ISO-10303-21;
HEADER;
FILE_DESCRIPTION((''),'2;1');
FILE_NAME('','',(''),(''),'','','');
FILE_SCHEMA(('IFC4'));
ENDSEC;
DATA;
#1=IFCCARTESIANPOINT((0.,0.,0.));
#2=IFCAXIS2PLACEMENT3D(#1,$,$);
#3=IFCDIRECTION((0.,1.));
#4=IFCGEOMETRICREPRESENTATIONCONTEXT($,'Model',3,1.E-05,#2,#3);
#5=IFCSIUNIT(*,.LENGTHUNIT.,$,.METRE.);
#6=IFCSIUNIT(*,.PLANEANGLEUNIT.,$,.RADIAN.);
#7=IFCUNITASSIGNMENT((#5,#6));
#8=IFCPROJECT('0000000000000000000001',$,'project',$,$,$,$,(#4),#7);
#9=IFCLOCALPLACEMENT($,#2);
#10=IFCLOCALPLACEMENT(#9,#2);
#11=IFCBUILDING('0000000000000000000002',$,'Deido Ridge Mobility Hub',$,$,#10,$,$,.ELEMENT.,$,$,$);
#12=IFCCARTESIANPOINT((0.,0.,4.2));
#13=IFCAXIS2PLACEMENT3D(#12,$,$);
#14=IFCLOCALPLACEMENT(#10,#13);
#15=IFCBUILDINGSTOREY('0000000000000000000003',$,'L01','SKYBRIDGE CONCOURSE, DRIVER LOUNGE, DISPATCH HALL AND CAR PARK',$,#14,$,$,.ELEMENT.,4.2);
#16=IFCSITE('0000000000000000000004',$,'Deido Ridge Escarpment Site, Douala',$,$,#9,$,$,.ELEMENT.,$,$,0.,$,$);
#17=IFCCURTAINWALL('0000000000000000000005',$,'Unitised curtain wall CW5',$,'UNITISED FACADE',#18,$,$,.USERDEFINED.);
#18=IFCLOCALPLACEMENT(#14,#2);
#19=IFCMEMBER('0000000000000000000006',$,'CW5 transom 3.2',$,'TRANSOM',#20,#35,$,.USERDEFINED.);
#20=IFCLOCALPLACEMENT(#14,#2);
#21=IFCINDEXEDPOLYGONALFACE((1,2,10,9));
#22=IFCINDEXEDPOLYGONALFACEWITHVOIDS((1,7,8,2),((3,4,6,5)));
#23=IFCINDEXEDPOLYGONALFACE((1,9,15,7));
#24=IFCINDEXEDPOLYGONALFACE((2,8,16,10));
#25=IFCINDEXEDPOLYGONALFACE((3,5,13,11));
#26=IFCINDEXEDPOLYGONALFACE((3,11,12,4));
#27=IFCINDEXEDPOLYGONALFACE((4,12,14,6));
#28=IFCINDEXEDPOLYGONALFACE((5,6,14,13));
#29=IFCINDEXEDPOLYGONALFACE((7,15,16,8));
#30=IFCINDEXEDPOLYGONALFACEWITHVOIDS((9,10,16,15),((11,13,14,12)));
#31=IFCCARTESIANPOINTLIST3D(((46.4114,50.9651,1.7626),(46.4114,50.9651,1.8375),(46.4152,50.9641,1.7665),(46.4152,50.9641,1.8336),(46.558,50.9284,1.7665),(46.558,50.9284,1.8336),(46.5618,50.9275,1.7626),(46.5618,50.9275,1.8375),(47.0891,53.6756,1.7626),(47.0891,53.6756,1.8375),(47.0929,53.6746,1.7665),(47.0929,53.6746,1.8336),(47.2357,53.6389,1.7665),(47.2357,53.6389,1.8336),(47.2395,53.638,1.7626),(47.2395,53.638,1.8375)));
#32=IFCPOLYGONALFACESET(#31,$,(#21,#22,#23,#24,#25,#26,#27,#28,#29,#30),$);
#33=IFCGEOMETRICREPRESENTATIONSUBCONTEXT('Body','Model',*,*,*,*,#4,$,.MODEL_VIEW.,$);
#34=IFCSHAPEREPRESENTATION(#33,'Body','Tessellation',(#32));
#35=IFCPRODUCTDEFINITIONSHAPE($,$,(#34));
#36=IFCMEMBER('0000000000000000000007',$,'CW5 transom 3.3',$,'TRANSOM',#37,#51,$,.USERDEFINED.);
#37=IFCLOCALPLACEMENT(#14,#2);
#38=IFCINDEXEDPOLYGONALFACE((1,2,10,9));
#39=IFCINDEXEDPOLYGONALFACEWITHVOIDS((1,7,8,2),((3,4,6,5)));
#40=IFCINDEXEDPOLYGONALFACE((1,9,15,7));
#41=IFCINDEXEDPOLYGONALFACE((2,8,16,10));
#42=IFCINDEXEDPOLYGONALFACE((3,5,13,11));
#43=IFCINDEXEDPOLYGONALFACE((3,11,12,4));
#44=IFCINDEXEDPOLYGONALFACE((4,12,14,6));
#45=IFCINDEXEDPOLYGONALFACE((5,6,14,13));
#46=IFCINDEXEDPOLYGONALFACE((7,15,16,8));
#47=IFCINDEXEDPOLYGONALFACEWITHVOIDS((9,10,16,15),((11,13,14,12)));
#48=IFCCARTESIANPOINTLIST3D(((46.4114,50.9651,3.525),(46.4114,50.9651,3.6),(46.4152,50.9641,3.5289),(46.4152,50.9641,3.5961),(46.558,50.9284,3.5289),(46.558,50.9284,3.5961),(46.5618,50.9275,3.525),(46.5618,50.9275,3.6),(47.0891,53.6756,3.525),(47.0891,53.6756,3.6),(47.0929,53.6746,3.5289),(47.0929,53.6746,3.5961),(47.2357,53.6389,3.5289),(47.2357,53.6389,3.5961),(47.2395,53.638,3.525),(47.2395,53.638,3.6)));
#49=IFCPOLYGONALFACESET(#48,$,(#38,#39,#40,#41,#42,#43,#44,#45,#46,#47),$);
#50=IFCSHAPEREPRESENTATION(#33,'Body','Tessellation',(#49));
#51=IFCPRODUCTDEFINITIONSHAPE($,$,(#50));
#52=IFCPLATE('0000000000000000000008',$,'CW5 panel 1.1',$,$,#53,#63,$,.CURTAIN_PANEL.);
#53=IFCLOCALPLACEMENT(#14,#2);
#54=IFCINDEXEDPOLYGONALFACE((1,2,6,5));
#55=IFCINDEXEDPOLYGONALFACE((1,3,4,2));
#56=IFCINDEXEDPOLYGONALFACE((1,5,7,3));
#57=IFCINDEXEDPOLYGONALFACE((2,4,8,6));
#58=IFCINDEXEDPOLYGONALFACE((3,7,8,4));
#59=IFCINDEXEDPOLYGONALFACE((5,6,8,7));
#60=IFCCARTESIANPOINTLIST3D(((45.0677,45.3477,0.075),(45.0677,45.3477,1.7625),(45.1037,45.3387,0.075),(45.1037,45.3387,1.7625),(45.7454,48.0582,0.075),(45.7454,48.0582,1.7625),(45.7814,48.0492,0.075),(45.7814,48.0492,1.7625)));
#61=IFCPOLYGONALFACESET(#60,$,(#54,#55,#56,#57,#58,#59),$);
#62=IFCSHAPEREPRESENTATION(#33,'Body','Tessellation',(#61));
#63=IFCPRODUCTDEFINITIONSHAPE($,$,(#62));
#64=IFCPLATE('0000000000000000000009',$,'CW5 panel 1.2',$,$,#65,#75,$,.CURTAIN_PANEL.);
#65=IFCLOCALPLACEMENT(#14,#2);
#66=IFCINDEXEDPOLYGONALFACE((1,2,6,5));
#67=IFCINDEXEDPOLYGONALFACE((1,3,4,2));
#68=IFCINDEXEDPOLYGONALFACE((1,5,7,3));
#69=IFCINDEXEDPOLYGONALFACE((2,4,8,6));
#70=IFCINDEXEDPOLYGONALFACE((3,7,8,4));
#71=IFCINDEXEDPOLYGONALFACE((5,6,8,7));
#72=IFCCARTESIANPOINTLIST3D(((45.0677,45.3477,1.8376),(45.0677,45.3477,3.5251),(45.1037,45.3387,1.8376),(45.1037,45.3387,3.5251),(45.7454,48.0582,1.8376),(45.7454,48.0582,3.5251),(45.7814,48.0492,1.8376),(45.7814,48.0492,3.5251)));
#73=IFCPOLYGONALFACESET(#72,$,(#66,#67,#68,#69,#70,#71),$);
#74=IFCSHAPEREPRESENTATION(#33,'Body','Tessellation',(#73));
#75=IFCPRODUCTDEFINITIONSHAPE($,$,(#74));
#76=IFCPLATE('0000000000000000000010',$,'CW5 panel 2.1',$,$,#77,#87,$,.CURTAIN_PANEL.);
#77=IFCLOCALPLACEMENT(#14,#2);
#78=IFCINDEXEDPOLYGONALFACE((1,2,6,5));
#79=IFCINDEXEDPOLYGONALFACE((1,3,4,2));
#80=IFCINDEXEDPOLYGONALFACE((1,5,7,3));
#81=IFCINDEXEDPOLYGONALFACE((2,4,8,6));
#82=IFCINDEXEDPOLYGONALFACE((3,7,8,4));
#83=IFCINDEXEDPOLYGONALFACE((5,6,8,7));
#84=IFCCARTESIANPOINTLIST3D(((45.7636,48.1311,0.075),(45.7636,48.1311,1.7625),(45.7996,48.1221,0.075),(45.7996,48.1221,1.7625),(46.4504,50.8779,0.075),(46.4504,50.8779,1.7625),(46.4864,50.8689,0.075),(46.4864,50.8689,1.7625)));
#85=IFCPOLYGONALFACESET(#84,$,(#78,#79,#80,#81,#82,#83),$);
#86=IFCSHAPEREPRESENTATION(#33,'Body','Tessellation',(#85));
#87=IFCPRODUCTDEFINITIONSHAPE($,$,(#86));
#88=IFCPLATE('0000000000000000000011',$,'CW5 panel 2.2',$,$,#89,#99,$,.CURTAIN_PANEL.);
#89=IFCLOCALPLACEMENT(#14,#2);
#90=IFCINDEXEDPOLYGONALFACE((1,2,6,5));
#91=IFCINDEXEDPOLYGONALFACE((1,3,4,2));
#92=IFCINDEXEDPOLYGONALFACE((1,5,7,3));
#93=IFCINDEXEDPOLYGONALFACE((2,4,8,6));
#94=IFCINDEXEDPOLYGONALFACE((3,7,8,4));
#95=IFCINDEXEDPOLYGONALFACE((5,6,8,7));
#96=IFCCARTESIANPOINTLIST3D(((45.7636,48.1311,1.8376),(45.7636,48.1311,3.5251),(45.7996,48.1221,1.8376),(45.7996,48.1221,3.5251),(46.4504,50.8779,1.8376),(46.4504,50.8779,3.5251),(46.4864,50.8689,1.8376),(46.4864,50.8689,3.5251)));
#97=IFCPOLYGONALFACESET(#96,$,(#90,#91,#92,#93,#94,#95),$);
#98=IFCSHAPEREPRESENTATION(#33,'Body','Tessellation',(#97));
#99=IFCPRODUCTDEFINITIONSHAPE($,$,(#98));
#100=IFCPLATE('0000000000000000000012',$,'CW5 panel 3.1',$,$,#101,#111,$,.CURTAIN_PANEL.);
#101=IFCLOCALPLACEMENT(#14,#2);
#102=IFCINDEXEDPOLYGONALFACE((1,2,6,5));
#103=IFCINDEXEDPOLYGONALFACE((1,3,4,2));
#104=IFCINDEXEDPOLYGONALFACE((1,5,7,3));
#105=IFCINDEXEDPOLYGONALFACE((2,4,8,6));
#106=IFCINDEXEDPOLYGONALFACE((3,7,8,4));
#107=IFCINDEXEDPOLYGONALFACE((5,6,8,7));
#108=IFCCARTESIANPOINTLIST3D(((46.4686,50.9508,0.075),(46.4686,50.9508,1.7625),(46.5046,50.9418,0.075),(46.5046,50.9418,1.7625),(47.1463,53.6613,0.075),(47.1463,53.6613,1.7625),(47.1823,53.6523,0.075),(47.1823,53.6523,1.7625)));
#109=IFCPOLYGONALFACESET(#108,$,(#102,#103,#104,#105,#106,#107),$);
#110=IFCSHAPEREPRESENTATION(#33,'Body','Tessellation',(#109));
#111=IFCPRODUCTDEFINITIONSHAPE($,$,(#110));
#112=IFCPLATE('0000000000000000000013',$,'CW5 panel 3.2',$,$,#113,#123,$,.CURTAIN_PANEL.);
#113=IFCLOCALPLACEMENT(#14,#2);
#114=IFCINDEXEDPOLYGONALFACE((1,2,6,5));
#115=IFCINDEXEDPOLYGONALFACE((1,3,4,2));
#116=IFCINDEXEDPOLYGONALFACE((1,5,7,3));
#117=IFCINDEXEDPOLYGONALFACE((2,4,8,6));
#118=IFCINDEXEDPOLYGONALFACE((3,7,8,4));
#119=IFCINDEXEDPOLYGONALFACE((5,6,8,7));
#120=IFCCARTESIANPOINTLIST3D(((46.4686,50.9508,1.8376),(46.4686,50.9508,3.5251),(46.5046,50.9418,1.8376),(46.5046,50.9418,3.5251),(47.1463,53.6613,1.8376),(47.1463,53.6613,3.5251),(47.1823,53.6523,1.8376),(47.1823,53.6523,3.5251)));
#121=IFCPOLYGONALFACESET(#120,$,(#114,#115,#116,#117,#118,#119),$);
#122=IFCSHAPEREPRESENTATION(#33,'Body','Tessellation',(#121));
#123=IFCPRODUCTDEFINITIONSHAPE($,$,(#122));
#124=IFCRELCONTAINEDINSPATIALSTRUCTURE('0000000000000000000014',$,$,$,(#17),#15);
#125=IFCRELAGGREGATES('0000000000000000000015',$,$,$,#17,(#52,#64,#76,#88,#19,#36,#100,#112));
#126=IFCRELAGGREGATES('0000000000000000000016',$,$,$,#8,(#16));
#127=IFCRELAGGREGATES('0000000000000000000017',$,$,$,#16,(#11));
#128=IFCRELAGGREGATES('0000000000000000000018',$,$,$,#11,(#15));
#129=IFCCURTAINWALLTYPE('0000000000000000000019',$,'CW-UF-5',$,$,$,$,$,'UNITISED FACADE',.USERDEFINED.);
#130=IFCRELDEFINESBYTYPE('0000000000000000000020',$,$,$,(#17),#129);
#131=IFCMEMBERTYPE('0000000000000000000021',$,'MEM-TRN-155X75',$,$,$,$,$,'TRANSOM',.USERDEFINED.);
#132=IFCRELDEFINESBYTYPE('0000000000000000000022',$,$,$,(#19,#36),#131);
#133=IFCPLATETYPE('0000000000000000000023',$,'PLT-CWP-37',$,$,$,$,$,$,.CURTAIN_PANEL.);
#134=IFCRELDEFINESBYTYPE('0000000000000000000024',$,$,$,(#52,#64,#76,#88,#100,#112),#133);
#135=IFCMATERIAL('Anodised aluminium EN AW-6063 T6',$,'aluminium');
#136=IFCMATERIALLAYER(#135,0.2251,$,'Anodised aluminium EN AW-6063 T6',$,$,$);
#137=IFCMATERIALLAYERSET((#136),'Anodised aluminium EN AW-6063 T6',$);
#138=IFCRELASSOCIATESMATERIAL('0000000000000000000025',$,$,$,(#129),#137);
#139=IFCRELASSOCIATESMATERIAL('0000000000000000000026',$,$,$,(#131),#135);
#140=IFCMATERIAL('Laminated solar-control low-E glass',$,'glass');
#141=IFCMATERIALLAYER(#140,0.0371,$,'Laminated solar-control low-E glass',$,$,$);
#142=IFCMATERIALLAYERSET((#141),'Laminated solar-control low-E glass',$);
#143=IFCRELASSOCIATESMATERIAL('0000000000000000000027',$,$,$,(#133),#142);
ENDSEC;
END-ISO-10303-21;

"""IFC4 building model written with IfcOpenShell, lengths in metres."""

from ifc_helpers import new_model, si_unit, direction, frame, origin, origin_2d, place, context, subcontext, project, spatial, rectangle, hollow_rectangle, extrude, material, layer, layer_set, material_profile, profile_set, type_object, element, aggregate, save


model = new_model("IFC4")

# Units and contexts
model_context = context("Model", 3, precision=1e-05, world=origin(), true_north=direction((0.0, 1.0)))
body_context = subcontext(model_context, "Body", "Model", "MODEL_VIEW")
ifc_project = project(units=[si_unit("LENGTHUNIT", "METRE"), si_unit("PLANEANGLEUNIT", "RADIAN")], contexts=[model_context])

# Site, building, storey
site_placement = place(None, origin())
site = spatial("IfcSite", under=ifc_project, at=site_placement, Name="Deido Ridge Escarpment Site, Douala", CompositionType="ELEMENT", RefElevation=0.0)
building_placement = place(site_placement, origin())
building = spatial("IfcBuilding", under=site, at=building_placement, Name="Deido Ridge Mobility Hub", CompositionType="ELEMENT")
storey_placement = place(building_placement, frame((0.0, 0.0, 4.2)))
storey = spatial("IfcBuildingStorey", under=building, at=storey_placement, Name="L01", Description="SKYBRIDGE CONCOURSE, DRIVER LOUNGE, DISPATCH HALL AND CAR PARK", CompositionType="ELEMENT", Elevation=4.2)

# Curtain wall, members, plates
ifc_material_1 = material(Name="Anodised aluminium EN AW-6063 T6", Category="aluminium")
ifc_layer_1 = layer(ifc_material_1, 0.2251, Name="Anodised aluminium EN AW-6063 T6")
ifc_layer_set_1 = layer_set([ifc_layer_1], Name="Anodised aluminium EN AW-6063 T6")
curtain_wall_type = type_object("IfcCurtainWallType", Name="CW-UF-5", ElementType="UNITISED FACADE", PredefinedType="USERDEFINED", material=ifc_layer_set_1)
curtain_wall_placement = place(storey_placement, origin())
curtain_wall = element("IfcCurtainWall", 1, at=curtain_wall_placement, inside=storey, type_object=curtain_wall_type, Name="Unitised curtain wall CW5", ObjectType="UNITISED FACADE", PredefinedType="USERDEFINED")
ifc_material_profile_1 = material_profile(ifc_material_1, hollow_rectangle(XDim=0.155, YDim=0.075, WallThickness=0.0039, at=origin_2d()), Name="RHS 155x75x4")
ifc_profile_set_1 = profile_set([ifc_material_profile_1], Name="Anodised aluminium EN AW-6063 T6")
member_type_1 = type_object("IfcMemberType", Name="MEM-TRN-155X75", ElementType="TRANSOM", PredefinedType="USERDEFINED", material=ifc_profile_set_1)
member_1_placement = place(storey_placement, frame((46.4866, 50.9463, 1.8), z_axis=(0.242577, 0.970132, 0.0), x_axis=(-0.970132, 0.242577, 0.0)))
member_1 = element("IfcMember", 2, at=member_1_placement, type_object=member_type_1, Name="CW5 transom 3.2", ObjectType="TRANSOM", PredefinedType="USERDEFINED", context=body_context, shape_type="SweptSolid", body=[
    extrude(hollow_rectangle(XDim=0.155, YDim=0.075, WallThickness=0.0039, at=origin_2d()), origin(), (0.0, 0.0, 1.0), 2.7939),
])
member_2_placement = place(storey_placement, frame((46.4866, 50.9463, 3.5625), z_axis=(0.242577, 0.970132, 0.0), x_axis=(-0.970132, 0.242577, 0.0)))
member_2 = element("IfcMember", 3, at=member_2_placement, type_object=member_type_1, Name="CW5 transom 3.3", ObjectType="TRANSOM", PredefinedType="USERDEFINED", context=body_context, shape_type="SweptSolid", body=[
    extrude(hollow_rectangle(XDim=0.155, YDim=0.075, WallThickness=0.0039, at=origin_2d()), origin(), (0.0, 0.0, 1.0), 2.7939),
])
ifc_material_2 = material(Name="Laminated solar-control low-E glass", Category="glass")
ifc_layer_2 = layer(ifc_material_2, 0.0371, Name="Laminated solar-control low-E glass")
ifc_layer_set_2 = layer_set([ifc_layer_2], Name="Laminated solar-control low-E glass")
plate_type = type_object("IfcPlateType", Name="PLT-CWP-37", PredefinedType="CURTAIN_PANEL", material=ifc_layer_set_2)
plate_1_placement = place(storey_placement, frame((45.4246, 46.6985, 0.075), z_axis=(0.0, 0.0, 1.0), x_axis=(0.242546, 0.97014, 0.0)))
plate_1 = element("IfcPlate", 4, at=plate_1_placement, type_object=plate_type, Name="CW5 panel 1.1", PredefinedType="CURTAIN_PANEL", context=body_context, shape_type="SweptSolid", body=[
    extrude(rectangle(XDim=2.7939, YDim=0.0371, at=origin_2d()), origin(), (0.0, 0.0, 1.0), 1.6875),
])
plate_2_placement = place(storey_placement, frame((45.4246, 46.6985, 1.8376), z_axis=(0.0, 0.0, 1.0), x_axis=(0.242546, 0.97014, 0.0)))
plate_2 = element("IfcPlate", 5, at=plate_2_placement, type_object=plate_type, Name="CW5 panel 1.2", PredefinedType="CURTAIN_PANEL", context=body_context, shape_type="SweptSolid", body=[
    extrude(rectangle(XDim=2.7939, YDim=0.0371, at=origin_2d()), origin(), (0.0, 0.0, 1.0), 1.6875),
])
plate_3_placement = place(storey_placement, frame((46.125, 49.5, 0.075), z_axis=(0.0, 0.0, 1.0), x_axis=(0.242546, 0.97014, 0.0)))
plate_3 = element("IfcPlate", 6, at=plate_3_placement, type_object=plate_type, Name="CW5 panel 2.1", PredefinedType="CURTAIN_PANEL", context=body_context, shape_type="SweptSolid", body=[
    extrude(rectangle(XDim=2.8313, YDim=0.0371, at=origin_2d()), origin(), (0.0, 0.0, 1.0), 1.6875),
])
plate_4_placement = place(storey_placement, frame((46.125, 49.5, 1.8376), z_axis=(0.0, 0.0, 1.0), x_axis=(0.242546, 0.97014, 0.0)))
plate_4 = element("IfcPlate", 7, at=plate_4_placement, type_object=plate_type, Name="CW5 panel 2.2", PredefinedType="CURTAIN_PANEL", context=body_context, shape_type="SweptSolid", body=[
    extrude(rectangle(XDim=2.8313, YDim=0.0371, at=origin_2d()), origin(), (0.0, 0.0, 1.0), 1.6875),
])
plate_5_placement = place(storey_placement, frame((46.8254, 52.3015, 0.075), z_axis=(0.0, 0.0, 1.0), x_axis=(0.242546, 0.97014, 0.0)))
plate_5 = element("IfcPlate", 8, at=plate_5_placement, type_object=plate_type, Name="CW5 panel 3.1", PredefinedType="CURTAIN_PANEL", context=body_context, shape_type="SweptSolid", body=[
    extrude(rectangle(XDim=2.7939, YDim=0.0371, at=origin_2d()), origin(), (0.0, 0.0, 1.0), 1.6875),
])
plate_6_placement = place(storey_placement, frame((46.8254, 52.3015, 1.8376), z_axis=(0.0, 0.0, 1.0), x_axis=(0.242546, 0.97014, 0.0)))
plate_6 = element("IfcPlate", 9, at=plate_6_placement, type_object=plate_type, Name="CW5 panel 3.2", PredefinedType="CURTAIN_PANEL", context=body_context, shape_type="SweptSolid", body=[
    extrude(rectangle(XDim=2.7939, YDim=0.0371, at=origin_2d()), origin(), (0.0, 0.0, 1.0), 1.6875),
])
aggregate(curtain_wall, [plate_1, plate_2, plate_3, plate_4, member_1, member_2, plate_5, plate_6])

save(model, "model.ifc")
